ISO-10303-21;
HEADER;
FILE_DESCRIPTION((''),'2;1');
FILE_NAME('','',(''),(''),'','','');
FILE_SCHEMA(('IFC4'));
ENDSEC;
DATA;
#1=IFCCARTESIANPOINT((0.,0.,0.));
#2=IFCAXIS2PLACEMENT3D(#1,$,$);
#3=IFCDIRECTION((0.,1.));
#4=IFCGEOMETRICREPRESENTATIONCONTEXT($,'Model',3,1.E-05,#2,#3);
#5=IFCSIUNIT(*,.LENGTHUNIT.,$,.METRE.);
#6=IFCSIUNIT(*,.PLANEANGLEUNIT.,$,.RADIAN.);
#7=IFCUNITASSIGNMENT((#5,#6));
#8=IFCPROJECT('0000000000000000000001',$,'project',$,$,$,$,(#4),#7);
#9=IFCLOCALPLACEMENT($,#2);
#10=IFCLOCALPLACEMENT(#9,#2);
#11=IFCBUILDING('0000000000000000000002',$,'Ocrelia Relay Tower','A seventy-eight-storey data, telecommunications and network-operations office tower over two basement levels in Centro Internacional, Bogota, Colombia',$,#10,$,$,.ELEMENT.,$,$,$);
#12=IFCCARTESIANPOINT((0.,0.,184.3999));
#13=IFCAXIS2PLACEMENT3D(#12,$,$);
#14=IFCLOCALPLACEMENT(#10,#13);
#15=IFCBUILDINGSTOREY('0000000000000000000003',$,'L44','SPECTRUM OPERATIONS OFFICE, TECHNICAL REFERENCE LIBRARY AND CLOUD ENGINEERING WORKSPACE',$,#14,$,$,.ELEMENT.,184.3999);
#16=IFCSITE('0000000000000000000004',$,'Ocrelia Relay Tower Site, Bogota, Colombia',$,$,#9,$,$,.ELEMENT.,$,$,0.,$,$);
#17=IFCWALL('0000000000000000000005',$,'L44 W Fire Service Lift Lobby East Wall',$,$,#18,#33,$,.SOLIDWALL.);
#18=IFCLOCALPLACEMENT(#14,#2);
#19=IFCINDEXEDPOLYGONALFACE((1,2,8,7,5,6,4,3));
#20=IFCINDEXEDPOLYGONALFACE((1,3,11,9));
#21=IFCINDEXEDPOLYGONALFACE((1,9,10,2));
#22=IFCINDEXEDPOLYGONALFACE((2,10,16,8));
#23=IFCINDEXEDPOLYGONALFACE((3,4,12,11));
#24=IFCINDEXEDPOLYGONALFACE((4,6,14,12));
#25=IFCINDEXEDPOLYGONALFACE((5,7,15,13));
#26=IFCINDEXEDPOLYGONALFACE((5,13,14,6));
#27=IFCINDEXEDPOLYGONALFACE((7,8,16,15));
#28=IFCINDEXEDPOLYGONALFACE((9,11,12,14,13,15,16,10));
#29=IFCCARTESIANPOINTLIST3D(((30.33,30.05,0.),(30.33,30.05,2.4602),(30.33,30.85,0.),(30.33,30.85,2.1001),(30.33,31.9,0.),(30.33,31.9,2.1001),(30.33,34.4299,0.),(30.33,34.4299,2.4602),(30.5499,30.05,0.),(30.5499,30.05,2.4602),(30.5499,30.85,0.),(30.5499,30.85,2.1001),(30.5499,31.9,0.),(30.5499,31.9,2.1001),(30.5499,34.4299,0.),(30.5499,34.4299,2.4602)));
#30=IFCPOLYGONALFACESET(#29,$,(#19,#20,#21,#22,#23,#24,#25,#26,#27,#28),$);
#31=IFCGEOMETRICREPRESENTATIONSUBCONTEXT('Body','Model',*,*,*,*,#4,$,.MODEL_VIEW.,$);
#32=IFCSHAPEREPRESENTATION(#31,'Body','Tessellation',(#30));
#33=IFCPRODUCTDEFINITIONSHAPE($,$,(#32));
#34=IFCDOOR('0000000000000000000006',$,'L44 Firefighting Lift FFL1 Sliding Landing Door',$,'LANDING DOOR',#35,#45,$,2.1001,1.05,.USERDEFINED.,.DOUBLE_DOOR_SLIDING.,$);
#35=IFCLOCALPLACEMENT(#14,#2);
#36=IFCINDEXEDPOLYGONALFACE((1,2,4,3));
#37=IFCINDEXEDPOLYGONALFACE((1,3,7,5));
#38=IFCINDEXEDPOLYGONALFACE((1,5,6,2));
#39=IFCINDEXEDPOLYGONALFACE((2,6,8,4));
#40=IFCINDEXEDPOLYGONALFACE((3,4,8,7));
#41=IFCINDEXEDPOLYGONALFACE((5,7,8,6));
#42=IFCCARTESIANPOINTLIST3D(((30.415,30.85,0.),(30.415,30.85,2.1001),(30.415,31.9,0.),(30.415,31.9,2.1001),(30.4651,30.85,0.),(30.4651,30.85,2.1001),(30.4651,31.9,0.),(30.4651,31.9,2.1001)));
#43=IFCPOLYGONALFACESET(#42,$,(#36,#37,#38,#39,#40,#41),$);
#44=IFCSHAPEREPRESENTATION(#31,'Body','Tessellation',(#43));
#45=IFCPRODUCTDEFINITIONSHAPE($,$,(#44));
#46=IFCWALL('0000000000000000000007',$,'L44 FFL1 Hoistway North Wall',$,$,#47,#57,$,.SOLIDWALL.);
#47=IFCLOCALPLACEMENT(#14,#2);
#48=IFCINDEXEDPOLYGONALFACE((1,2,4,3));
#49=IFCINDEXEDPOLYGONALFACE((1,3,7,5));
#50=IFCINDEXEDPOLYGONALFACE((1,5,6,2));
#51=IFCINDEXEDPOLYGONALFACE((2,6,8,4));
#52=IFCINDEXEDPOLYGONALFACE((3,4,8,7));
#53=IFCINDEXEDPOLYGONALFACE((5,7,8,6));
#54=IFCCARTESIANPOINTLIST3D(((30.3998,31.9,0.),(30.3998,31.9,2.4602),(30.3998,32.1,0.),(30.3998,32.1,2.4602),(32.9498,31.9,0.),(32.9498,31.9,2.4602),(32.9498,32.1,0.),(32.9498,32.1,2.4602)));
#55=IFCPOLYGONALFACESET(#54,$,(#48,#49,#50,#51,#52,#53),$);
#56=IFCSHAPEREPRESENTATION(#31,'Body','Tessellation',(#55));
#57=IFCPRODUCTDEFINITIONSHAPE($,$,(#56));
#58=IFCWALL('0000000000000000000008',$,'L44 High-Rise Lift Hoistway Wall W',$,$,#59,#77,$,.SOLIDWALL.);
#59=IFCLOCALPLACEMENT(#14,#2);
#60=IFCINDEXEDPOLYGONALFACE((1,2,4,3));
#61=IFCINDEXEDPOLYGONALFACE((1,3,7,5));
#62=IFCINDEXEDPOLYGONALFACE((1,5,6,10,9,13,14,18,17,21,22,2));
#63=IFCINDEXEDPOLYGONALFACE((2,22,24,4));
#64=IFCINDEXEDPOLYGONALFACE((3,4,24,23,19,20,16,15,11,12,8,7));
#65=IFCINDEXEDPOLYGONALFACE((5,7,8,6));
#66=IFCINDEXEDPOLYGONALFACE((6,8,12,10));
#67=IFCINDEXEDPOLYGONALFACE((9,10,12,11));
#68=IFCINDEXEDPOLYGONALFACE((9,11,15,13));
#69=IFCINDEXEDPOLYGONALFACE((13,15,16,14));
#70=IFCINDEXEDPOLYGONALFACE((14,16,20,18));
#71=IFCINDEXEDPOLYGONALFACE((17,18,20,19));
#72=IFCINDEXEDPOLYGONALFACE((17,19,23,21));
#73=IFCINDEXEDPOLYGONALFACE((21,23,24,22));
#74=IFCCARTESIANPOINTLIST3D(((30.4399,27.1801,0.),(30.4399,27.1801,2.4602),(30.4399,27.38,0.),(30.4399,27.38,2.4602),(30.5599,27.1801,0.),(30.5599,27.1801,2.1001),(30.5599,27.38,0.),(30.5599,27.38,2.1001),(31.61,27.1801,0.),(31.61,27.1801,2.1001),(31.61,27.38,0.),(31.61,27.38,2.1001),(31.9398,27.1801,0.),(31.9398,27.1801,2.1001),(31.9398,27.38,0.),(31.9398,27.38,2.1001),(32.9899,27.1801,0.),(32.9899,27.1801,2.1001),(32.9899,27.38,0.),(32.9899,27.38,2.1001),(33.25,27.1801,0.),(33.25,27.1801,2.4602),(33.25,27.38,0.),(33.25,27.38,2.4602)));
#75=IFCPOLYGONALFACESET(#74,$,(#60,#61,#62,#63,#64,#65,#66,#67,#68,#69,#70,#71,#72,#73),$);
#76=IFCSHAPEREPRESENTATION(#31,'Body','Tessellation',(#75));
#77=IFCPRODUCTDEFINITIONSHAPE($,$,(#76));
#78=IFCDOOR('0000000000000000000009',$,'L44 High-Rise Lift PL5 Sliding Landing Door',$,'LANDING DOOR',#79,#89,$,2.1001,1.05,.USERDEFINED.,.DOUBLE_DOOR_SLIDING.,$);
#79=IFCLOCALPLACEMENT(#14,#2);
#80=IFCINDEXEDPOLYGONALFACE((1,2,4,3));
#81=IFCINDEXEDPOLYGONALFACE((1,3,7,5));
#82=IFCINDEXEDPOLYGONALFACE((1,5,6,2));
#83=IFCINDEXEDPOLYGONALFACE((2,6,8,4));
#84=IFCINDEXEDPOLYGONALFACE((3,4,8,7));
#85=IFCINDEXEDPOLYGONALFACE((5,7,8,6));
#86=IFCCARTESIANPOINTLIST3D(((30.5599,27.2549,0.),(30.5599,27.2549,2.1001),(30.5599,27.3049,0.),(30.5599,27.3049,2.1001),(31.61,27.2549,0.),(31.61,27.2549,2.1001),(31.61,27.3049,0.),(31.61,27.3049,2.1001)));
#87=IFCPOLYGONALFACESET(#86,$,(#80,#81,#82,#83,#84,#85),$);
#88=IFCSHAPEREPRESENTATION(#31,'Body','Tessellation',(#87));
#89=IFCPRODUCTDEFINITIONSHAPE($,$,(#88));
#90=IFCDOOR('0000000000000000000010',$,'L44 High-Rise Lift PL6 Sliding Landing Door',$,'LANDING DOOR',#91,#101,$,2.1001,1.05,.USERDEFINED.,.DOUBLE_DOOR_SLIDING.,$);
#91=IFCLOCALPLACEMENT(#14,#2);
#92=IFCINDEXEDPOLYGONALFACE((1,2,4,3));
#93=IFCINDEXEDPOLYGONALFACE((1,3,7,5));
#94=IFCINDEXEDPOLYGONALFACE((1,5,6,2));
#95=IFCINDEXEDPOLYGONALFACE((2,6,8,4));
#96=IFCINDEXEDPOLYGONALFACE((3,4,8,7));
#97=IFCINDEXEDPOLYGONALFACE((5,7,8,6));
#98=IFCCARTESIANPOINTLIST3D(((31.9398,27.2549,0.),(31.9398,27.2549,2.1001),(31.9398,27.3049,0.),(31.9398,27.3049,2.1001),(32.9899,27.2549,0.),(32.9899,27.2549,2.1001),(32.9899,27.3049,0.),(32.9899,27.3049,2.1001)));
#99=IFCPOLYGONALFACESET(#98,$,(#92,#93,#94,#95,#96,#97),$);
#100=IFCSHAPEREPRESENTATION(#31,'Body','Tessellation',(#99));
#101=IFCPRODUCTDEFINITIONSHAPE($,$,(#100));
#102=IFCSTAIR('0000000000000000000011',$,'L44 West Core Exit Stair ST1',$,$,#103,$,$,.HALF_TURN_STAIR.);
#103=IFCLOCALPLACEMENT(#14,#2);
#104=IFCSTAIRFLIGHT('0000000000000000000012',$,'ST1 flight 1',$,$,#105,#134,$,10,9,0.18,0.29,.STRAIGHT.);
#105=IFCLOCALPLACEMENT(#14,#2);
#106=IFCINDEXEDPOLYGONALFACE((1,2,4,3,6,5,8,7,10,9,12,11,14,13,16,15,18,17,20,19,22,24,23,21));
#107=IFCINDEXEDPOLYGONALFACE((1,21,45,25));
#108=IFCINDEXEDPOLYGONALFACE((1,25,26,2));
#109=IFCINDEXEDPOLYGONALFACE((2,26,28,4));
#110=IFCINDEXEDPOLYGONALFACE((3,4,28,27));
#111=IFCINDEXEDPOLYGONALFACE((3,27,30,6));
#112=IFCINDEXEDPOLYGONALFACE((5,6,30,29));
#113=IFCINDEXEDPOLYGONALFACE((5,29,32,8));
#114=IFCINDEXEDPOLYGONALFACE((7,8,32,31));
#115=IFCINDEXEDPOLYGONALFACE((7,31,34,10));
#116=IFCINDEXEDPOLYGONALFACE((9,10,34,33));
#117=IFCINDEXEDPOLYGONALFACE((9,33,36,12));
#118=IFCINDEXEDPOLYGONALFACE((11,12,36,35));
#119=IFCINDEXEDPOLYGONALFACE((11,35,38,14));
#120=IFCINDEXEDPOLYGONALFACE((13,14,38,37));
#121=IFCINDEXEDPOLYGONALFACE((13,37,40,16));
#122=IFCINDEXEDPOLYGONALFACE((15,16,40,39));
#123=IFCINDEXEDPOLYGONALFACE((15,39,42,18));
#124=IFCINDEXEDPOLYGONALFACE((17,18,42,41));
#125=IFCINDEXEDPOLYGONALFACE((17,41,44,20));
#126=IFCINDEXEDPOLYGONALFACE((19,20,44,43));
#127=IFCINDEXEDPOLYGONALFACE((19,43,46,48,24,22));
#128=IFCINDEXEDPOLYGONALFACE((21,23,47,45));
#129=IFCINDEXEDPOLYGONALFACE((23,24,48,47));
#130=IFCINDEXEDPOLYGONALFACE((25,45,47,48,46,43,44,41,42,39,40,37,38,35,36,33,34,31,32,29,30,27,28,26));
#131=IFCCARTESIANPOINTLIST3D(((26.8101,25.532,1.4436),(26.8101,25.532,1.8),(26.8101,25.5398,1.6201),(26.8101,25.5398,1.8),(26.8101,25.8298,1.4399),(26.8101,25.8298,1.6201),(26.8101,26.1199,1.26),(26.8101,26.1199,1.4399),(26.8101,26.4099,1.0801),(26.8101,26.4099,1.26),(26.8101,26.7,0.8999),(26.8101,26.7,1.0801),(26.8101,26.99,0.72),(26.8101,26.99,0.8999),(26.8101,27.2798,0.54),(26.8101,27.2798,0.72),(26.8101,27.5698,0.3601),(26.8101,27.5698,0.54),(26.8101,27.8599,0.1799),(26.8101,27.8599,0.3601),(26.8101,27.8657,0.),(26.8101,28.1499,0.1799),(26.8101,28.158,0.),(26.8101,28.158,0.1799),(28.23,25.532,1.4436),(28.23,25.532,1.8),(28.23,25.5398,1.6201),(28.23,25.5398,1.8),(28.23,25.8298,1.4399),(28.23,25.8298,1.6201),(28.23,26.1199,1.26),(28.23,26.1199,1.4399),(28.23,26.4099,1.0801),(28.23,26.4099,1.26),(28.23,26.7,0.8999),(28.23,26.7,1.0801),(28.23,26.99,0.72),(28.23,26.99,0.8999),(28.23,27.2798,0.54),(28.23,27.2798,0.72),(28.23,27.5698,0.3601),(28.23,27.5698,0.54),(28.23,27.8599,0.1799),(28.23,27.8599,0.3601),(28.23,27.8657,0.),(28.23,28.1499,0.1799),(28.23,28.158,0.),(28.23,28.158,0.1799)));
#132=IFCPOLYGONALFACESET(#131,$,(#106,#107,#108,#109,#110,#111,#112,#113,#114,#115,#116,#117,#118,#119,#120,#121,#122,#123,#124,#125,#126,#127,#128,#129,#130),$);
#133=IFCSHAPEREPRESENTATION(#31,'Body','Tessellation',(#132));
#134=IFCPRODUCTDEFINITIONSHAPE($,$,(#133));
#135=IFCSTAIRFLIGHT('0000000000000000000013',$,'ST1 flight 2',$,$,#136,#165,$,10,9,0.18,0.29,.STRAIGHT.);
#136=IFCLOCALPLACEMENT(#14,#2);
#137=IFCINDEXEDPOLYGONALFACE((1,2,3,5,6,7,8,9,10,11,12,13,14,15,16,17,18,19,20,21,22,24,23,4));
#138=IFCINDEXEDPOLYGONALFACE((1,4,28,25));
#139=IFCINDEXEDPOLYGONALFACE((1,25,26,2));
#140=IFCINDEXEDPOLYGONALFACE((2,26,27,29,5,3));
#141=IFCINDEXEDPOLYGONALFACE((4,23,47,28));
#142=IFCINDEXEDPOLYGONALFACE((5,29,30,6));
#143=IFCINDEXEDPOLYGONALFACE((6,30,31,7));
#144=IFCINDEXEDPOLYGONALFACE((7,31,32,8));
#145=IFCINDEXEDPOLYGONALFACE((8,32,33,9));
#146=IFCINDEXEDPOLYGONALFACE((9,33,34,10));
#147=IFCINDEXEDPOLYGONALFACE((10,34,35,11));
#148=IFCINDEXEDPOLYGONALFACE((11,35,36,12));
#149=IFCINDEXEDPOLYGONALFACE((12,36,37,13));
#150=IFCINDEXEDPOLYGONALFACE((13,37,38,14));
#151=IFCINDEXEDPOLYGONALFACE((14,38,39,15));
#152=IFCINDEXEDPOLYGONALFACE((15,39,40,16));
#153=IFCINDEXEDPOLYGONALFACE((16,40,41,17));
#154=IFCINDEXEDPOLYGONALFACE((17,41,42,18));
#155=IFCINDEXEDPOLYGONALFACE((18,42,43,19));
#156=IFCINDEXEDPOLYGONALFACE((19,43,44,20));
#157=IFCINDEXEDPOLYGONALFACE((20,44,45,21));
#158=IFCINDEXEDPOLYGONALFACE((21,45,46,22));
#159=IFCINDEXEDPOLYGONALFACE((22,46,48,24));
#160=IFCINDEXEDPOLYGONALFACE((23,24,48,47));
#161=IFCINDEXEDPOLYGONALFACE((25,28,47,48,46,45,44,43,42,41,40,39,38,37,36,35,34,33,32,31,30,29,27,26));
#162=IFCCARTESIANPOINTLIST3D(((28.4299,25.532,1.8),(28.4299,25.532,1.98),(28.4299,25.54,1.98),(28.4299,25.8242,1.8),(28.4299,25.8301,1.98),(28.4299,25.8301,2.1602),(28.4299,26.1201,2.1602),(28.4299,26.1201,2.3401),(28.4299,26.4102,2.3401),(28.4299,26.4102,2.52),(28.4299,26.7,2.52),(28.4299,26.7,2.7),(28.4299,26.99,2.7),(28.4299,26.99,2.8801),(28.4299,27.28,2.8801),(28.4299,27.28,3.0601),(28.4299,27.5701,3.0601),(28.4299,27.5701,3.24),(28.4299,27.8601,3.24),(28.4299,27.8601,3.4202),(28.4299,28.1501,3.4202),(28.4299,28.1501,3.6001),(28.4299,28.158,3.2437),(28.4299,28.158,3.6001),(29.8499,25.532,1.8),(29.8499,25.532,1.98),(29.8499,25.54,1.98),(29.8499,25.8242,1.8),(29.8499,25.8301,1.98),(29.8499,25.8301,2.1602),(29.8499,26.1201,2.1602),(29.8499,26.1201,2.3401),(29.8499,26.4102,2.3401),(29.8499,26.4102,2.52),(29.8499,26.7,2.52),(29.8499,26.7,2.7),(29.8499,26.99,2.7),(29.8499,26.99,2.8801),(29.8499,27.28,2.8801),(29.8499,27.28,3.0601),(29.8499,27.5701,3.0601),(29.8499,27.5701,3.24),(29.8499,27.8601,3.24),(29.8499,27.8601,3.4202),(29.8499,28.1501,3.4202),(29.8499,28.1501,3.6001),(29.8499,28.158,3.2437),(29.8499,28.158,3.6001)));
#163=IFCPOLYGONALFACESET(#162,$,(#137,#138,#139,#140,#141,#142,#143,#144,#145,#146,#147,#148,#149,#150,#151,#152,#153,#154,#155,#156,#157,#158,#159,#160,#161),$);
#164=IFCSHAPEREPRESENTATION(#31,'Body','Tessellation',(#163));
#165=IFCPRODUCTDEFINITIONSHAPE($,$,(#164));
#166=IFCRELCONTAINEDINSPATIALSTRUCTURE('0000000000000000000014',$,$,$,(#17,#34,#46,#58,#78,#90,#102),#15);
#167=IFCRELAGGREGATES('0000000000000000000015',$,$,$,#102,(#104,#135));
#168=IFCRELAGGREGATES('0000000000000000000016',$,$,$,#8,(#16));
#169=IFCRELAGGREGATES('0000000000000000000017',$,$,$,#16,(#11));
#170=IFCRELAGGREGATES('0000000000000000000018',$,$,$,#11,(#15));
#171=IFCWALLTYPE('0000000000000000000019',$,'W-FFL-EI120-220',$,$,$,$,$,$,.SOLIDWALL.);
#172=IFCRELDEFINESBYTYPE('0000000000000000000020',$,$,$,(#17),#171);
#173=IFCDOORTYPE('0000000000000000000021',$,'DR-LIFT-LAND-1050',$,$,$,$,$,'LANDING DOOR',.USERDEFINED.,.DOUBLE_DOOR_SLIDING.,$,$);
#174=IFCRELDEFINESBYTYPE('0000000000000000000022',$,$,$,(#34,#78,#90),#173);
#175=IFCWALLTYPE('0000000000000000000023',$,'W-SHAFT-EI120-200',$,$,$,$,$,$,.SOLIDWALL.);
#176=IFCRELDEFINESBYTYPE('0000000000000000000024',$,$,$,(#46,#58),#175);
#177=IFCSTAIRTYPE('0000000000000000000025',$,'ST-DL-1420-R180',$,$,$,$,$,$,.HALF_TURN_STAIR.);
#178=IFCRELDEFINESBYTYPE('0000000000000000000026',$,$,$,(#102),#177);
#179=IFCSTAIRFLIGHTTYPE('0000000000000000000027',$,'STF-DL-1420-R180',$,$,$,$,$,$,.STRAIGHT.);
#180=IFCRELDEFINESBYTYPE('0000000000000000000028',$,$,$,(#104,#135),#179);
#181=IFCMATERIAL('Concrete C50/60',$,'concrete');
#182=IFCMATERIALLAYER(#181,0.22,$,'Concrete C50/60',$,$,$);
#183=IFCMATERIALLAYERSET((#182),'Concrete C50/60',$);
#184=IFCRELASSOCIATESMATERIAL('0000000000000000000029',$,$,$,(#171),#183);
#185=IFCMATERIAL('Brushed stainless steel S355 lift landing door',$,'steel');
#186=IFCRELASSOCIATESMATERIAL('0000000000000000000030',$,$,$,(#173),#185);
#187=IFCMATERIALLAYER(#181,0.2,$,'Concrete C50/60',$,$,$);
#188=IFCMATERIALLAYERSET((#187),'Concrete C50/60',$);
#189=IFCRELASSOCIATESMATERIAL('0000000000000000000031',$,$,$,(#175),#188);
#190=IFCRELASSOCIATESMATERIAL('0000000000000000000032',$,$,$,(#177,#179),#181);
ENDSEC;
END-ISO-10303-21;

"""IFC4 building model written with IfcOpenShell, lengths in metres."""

from ifc_helpers import new_model, si_unit, direction, frame, frame_2d, origin, place, context, subcontext, project, spatial, polyline, rectangle, outline, extrude, material, layer, layer_set, type_object, element, fill, aggregate, save


model = new_model("IFC4")

# Units and contexts
model_context = context("Model", 3, precision=1e-05, world=origin(), true_north=direction((0.0, 1.0)))
body_context = subcontext(model_context, "Body", "Model", "MODEL_VIEW")
ifc_project = project(units=[si_unit("LENGTHUNIT", "METRE"), si_unit("PLANEANGLEUNIT", "RADIAN")], contexts=[model_context])

# Site, building, storey
site_placement = place(None, origin())
site = spatial("IfcSite", under=ifc_project, at=site_placement, Name="Ocrelia Relay Tower Site, Bogota, Colombia", CompositionType="ELEMENT", RefElevation=0.0)
building_placement = place(site_placement, origin())
building = spatial("IfcBuilding", under=site, at=building_placement, Name="Ocrelia Relay Tower", Description="A seventy-eight-storey data, telecommunications and network-operations office tower over two basement levels in Centro Internacional, Bogota, Colombia", CompositionType="ELEMENT")
storey_placement = place(building_placement, frame((0.0, 0.0, 184.3999)))
storey = spatial("IfcBuildingStorey", under=building, at=storey_placement, Name="L44", Description="SPECTRUM OPERATIONS OFFICE, TECHNICAL REFERENCE LIBRARY AND CLOUD ENGINEERING WORKSPACE", CompositionType="ELEMENT", Elevation=184.3999)

# Shared definitions
ifc_material_1 = material(Name="Concrete C50/60", Category="concrete")
ifc_layer_1 = layer(ifc_material_1, 0.22, Name="Concrete C50/60")
ifc_layer_set_1 = layer_set([ifc_layer_1], Name="Concrete C50/60")
wall_type_1 = type_object("IfcWallType", Name="W-FFL-EI120-220", PredefinedType="SOLIDWALL", material=ifc_layer_set_1)

# Wall, opening, door
wall_1_placement = place(storey_placement, frame((30.4399, 30.05, 0.0), z_axis=(0.0, 0.0, 1.0), x_axis=(0.0, 1.0, 0.0)))
wall_1 = element("IfcWall", 1, at=wall_1_placement, inside=storey, type_object=wall_type_1, Name="L44 W Fire Service Lift Lobby East Wall", PredefinedType="SOLIDWALL", context=body_context, shape_type="SweptSolid", body=[
    extrude(rectangle(XDim=4.3799, YDim=0.22, at=frame_2d((2.1899, 0.0))), origin(), (0.0, 0.0, 1.0), 2.4602),
])
opening_1_placement = place(wall_1_placement, frame((0.8, 0.0, 0.0)))
opening_1 = element("IfcOpeningElement", 2, at=opening_1_placement, cuts=wall_1, PredefinedType="OPENING", context=body_context, shape_type="SweptSolid", body=[
    extrude(rectangle(XDim=1.05, YDim=2.1001, at=frame_2d((0.5249, 1.05))), frame((0.0, 0.1201, 0.0), z_axis=(0.0, -1.0, 0.0), x_axis=(1.0, 0.0, 0.0)), (0.0, 0.0, 1.0), 0.24),
])
ifc_material_2 = material(Name="Brushed stainless steel S355 lift landing door", Category="steel")
door_type_1 = type_object("IfcDoorType", Name="DR-LIFT-LAND-1050", ElementType="LANDING DOOR", OperationType="DOUBLE_DOOR_SLIDING", PredefinedType="USERDEFINED", material=ifc_material_2)
door_1_placement = place(opening_1_placement, origin())
door_1 = element("IfcDoor", 3, at=door_1_placement, inside=storey, type_object=door_type_1, Name="L44 Firefighting Lift FFL1 Sliding Landing Door", ObjectType="LANDING DOOR", OperationType="DOUBLE_DOOR_SLIDING", OverallHeight=2.1001, OverallWidth=1.05, PredefinedType="USERDEFINED", context=body_context, shape_type="SweptSolid", body=[
    extrude(rectangle(XDim=1.05, YDim=2.1001, at=frame_2d((0.5249, 1.05))), frame((0.0, 0.0249, 0.0), z_axis=(0.0, -1.0, 0.0), x_axis=(1.0, 0.0, 0.0)), (0.0, 0.0, 1.0), 0.05),
])
fill(opening_1, door_1)

# Wall
ifc_layer_2 = layer(ifc_material_1, 0.2, Name="Concrete C50/60")
ifc_layer_set_2 = layer_set([ifc_layer_2], Name="Concrete C50/60")
wall_type_2 = type_object("IfcWallType", Name="W-SHAFT-EI120-200", PredefinedType="SOLIDWALL", material=ifc_layer_set_2)
wall_2_placement = place(storey_placement, frame((30.3999, 32.0, 0.0), z_axis=(0.0, 0.0, 1.0), x_axis=(1.0, 0.0, 0.0)))
element("IfcWall", 4, at=wall_2_placement, inside=storey, type_object=wall_type_2, Name="L44 FFL1 Hoistway North Wall", PredefinedType="SOLIDWALL", context=body_context, shape_type="SweptSolid", body=[
    extrude(rectangle(XDim=2.55, YDim=0.2, at=frame_2d((1.2749, 0.0))), origin(), (0.0, 0.0, 1.0), 2.4602),
])

# Wall, openings, doors
wall_3_placement = place(storey_placement, frame((30.4399, 27.28, 0.0), z_axis=(0.0, 0.0, 1.0), x_axis=(1.0, 0.0, 0.0)))
wall_3 = element("IfcWall", 5, at=wall_3_placement, inside=storey, type_object=wall_type_2, Name="L44 High-Rise Lift Hoistway Wall W", PredefinedType="SOLIDWALL", context=body_context, shape_type="SweptSolid", body=[
    extrude(rectangle(XDim=2.8101, YDim=0.2, at=frame_2d((1.405, 0.0))), origin(), (0.0, 0.0, 1.0), 2.4602),
])
opening_2_placement = place(wall_3_placement, frame((0.1201, 0.0, 0.0)))
opening_2 = element("IfcOpeningElement", 6, at=opening_2_placement, cuts=wall_3, PredefinedType="OPENING", context=body_context, shape_type="SweptSolid", body=[
    extrude(rectangle(XDim=1.05, YDim=2.1001, at=frame_2d((0.5249, 1.05))), frame((0.0, 0.1099, 0.0), z_axis=(0.0, -1.0, 0.0), x_axis=(1.0, 0.0, 0.0)), (0.0, 0.0, 1.0), 0.22),
])
opening_3_placement = place(wall_3_placement, frame((1.5, 0.0, 0.0)))
opening_3 = element("IfcOpeningElement", 7, at=opening_3_placement, cuts=wall_3, PredefinedType="OPENING", context=body_context, shape_type="SweptSolid", body=[
    extrude(rectangle(XDim=1.05, YDim=2.1001, at=frame_2d((0.5249, 1.05))), frame((0.0, 0.1099, 0.0), z_axis=(0.0, -1.0, 0.0), x_axis=(1.0, 0.0, 0.0)), (0.0, 0.0, 1.0), 0.22),
])
door_2_placement = place(opening_2_placement, origin())
door_2 = element("IfcDoor", 8, at=door_2_placement, inside=storey, type_object=door_type_1, Name="L44 High-Rise Lift PL5 Sliding Landing Door", ObjectType="LANDING DOOR", OperationType="DOUBLE_DOOR_SLIDING", OverallHeight=2.1001, OverallWidth=1.05, PredefinedType="USERDEFINED", context=body_context, shape_type="SweptSolid", body=[
    extrude(rectangle(XDim=1.05, YDim=2.1001, at=frame_2d((0.5249, 1.05))), frame((0.0, 0.0249, 0.0), z_axis=(0.0, -1.0, 0.0), x_axis=(1.0, 0.0, 0.0)), (0.0, 0.0, 1.0), 0.05),
])
fill(opening_2, door_2)
door_3_placement = place(opening_3_placement, origin())
door_3 = element("IfcDoor", 9, at=door_3_placement, inside=storey, type_object=door_type_1, Name="L44 High-Rise Lift PL6 Sliding Landing Door", ObjectType="LANDING DOOR", OperationType="DOUBLE_DOOR_SLIDING", OverallHeight=2.1001, OverallWidth=1.05, PredefinedType="USERDEFINED", context=body_context, shape_type="SweptSolid", body=[
    extrude(rectangle(XDim=1.05, YDim=2.1001, at=frame_2d((0.5249, 1.05))), frame((0.0, 0.0249, 0.0), z_axis=(0.0, -1.0, 0.0), x_axis=(1.0, 0.0, 0.0)), (0.0, 0.0, 1.0), 0.05),
])
fill(opening_3, door_3)

# Stair, stair flights
stair_type = type_object("IfcStairType", Name="ST-DL-1420-R180", PredefinedType="HALF_TURN_STAIR", material=ifc_material_1)
stair_placement = place(storey_placement, origin())
stair = element("IfcStair", 10, at=stair_placement, inside=storey, type_object=stair_type, Name="L44 West Core Exit Stair ST1", PredefinedType="HALF_TURN_STAIR")
stair_flight_type = type_object("IfcStairFlightType", Name="STF-DL-1420-R180", PredefinedType="STRAIGHT", material=ifc_material_1)
stair_flight_1_placement = place(storey_placement, frame((27.52, 28.1499, 0.0), z_axis=(0.0, 0.0, 1.0), x_axis=(0.0, -1.0, 0.0)))
stair_flight_1 = element("IfcStairFlight", 11, at=stair_flight_1_placement, type_object=stair_flight_type, Name="ST1 flight 1", NumberOfRisers=10, NumberOfTreads=9, PredefinedType="STRAIGHT", RiserHeight=0.18, TreadLength=0.29, context=body_context, shape_type="SweptSolid", body=[
    extrude(outline(polyline([(-0.0081, 0.0), (-0.0081, 0.1799), (0.0, 0.1799), (0.29, 0.1799), (0.29, 0.3601), (0.5801, 0.3601), (0.5801, 0.54), (0.8701, 0.54), (0.8701, 0.72), (1.1599, 0.72), (1.1599, 0.8999), (1.45, 0.8999), (1.45, 1.0801), (1.74, 1.0801), (1.74, 1.26), (2.03, 1.26), (2.03, 1.4399), (2.3201, 1.4399), (2.3201, 1.6201), (2.6101, 1.6201), (2.6101, 1.8), (2.6179, 1.8), (2.6179, 1.4436), (0.2842, 0.0), (-0.0081, 0.0)])), frame((0.0, 0.71, 0.0), z_axis=(0.0, -1.0, 0.0), x_axis=(1.0, 0.0, 0.0)), (0.0, 0.0, 1.0), 1.4199),
])
stair_flight_2_placement = place(storey_placement, frame((29.1399, 25.54, 1.8), z_axis=(0.0, 0.0, 1.0), x_axis=(0.0, 1.0, 0.0)))
stair_flight_2 = element("IfcStairFlight", 12, at=stair_flight_2_placement, type_object=stair_flight_type, Name="ST1 flight 2", NumberOfRisers=10, NumberOfTreads=9, PredefinedType="STRAIGHT", RiserHeight=0.18, TreadLength=0.29, context=body_context, shape_type="SweptSolid", body=[
    extrude(outline(polyline([(-0.0081, 0.0), (-0.0081, 0.1799), (0.0, 0.1799), (0.29, 0.1799), (0.29, 0.3601), (0.5801, 0.3601), (0.5801, 0.54), (0.8701, 0.54), (0.8701, 0.72), (1.1599, 0.72), (1.1599, 0.8999), (1.45, 0.8999), (1.45, 1.0801), (1.74, 1.0801), (1.74, 1.26), (2.03, 1.26), (2.03, 1.4399), (2.3201, 1.4399), (2.3201, 1.6201), (2.6101, 1.6201), (2.6101, 1.8), (2.6179, 1.8), (2.6179, 1.4436), (0.2842, 0.0), (-0.0081, 0.0)])), frame((0.0, 0.71, 0.0), z_axis=(0.0, -1.0, 0.0), x_axis=(1.0, 0.0, 0.0)), (0.0, 0.0, 1.0), 1.4199),
])
aggregate(stair, [stair_flight_1, stair_flight_2])

save(model, "model.ifc")
